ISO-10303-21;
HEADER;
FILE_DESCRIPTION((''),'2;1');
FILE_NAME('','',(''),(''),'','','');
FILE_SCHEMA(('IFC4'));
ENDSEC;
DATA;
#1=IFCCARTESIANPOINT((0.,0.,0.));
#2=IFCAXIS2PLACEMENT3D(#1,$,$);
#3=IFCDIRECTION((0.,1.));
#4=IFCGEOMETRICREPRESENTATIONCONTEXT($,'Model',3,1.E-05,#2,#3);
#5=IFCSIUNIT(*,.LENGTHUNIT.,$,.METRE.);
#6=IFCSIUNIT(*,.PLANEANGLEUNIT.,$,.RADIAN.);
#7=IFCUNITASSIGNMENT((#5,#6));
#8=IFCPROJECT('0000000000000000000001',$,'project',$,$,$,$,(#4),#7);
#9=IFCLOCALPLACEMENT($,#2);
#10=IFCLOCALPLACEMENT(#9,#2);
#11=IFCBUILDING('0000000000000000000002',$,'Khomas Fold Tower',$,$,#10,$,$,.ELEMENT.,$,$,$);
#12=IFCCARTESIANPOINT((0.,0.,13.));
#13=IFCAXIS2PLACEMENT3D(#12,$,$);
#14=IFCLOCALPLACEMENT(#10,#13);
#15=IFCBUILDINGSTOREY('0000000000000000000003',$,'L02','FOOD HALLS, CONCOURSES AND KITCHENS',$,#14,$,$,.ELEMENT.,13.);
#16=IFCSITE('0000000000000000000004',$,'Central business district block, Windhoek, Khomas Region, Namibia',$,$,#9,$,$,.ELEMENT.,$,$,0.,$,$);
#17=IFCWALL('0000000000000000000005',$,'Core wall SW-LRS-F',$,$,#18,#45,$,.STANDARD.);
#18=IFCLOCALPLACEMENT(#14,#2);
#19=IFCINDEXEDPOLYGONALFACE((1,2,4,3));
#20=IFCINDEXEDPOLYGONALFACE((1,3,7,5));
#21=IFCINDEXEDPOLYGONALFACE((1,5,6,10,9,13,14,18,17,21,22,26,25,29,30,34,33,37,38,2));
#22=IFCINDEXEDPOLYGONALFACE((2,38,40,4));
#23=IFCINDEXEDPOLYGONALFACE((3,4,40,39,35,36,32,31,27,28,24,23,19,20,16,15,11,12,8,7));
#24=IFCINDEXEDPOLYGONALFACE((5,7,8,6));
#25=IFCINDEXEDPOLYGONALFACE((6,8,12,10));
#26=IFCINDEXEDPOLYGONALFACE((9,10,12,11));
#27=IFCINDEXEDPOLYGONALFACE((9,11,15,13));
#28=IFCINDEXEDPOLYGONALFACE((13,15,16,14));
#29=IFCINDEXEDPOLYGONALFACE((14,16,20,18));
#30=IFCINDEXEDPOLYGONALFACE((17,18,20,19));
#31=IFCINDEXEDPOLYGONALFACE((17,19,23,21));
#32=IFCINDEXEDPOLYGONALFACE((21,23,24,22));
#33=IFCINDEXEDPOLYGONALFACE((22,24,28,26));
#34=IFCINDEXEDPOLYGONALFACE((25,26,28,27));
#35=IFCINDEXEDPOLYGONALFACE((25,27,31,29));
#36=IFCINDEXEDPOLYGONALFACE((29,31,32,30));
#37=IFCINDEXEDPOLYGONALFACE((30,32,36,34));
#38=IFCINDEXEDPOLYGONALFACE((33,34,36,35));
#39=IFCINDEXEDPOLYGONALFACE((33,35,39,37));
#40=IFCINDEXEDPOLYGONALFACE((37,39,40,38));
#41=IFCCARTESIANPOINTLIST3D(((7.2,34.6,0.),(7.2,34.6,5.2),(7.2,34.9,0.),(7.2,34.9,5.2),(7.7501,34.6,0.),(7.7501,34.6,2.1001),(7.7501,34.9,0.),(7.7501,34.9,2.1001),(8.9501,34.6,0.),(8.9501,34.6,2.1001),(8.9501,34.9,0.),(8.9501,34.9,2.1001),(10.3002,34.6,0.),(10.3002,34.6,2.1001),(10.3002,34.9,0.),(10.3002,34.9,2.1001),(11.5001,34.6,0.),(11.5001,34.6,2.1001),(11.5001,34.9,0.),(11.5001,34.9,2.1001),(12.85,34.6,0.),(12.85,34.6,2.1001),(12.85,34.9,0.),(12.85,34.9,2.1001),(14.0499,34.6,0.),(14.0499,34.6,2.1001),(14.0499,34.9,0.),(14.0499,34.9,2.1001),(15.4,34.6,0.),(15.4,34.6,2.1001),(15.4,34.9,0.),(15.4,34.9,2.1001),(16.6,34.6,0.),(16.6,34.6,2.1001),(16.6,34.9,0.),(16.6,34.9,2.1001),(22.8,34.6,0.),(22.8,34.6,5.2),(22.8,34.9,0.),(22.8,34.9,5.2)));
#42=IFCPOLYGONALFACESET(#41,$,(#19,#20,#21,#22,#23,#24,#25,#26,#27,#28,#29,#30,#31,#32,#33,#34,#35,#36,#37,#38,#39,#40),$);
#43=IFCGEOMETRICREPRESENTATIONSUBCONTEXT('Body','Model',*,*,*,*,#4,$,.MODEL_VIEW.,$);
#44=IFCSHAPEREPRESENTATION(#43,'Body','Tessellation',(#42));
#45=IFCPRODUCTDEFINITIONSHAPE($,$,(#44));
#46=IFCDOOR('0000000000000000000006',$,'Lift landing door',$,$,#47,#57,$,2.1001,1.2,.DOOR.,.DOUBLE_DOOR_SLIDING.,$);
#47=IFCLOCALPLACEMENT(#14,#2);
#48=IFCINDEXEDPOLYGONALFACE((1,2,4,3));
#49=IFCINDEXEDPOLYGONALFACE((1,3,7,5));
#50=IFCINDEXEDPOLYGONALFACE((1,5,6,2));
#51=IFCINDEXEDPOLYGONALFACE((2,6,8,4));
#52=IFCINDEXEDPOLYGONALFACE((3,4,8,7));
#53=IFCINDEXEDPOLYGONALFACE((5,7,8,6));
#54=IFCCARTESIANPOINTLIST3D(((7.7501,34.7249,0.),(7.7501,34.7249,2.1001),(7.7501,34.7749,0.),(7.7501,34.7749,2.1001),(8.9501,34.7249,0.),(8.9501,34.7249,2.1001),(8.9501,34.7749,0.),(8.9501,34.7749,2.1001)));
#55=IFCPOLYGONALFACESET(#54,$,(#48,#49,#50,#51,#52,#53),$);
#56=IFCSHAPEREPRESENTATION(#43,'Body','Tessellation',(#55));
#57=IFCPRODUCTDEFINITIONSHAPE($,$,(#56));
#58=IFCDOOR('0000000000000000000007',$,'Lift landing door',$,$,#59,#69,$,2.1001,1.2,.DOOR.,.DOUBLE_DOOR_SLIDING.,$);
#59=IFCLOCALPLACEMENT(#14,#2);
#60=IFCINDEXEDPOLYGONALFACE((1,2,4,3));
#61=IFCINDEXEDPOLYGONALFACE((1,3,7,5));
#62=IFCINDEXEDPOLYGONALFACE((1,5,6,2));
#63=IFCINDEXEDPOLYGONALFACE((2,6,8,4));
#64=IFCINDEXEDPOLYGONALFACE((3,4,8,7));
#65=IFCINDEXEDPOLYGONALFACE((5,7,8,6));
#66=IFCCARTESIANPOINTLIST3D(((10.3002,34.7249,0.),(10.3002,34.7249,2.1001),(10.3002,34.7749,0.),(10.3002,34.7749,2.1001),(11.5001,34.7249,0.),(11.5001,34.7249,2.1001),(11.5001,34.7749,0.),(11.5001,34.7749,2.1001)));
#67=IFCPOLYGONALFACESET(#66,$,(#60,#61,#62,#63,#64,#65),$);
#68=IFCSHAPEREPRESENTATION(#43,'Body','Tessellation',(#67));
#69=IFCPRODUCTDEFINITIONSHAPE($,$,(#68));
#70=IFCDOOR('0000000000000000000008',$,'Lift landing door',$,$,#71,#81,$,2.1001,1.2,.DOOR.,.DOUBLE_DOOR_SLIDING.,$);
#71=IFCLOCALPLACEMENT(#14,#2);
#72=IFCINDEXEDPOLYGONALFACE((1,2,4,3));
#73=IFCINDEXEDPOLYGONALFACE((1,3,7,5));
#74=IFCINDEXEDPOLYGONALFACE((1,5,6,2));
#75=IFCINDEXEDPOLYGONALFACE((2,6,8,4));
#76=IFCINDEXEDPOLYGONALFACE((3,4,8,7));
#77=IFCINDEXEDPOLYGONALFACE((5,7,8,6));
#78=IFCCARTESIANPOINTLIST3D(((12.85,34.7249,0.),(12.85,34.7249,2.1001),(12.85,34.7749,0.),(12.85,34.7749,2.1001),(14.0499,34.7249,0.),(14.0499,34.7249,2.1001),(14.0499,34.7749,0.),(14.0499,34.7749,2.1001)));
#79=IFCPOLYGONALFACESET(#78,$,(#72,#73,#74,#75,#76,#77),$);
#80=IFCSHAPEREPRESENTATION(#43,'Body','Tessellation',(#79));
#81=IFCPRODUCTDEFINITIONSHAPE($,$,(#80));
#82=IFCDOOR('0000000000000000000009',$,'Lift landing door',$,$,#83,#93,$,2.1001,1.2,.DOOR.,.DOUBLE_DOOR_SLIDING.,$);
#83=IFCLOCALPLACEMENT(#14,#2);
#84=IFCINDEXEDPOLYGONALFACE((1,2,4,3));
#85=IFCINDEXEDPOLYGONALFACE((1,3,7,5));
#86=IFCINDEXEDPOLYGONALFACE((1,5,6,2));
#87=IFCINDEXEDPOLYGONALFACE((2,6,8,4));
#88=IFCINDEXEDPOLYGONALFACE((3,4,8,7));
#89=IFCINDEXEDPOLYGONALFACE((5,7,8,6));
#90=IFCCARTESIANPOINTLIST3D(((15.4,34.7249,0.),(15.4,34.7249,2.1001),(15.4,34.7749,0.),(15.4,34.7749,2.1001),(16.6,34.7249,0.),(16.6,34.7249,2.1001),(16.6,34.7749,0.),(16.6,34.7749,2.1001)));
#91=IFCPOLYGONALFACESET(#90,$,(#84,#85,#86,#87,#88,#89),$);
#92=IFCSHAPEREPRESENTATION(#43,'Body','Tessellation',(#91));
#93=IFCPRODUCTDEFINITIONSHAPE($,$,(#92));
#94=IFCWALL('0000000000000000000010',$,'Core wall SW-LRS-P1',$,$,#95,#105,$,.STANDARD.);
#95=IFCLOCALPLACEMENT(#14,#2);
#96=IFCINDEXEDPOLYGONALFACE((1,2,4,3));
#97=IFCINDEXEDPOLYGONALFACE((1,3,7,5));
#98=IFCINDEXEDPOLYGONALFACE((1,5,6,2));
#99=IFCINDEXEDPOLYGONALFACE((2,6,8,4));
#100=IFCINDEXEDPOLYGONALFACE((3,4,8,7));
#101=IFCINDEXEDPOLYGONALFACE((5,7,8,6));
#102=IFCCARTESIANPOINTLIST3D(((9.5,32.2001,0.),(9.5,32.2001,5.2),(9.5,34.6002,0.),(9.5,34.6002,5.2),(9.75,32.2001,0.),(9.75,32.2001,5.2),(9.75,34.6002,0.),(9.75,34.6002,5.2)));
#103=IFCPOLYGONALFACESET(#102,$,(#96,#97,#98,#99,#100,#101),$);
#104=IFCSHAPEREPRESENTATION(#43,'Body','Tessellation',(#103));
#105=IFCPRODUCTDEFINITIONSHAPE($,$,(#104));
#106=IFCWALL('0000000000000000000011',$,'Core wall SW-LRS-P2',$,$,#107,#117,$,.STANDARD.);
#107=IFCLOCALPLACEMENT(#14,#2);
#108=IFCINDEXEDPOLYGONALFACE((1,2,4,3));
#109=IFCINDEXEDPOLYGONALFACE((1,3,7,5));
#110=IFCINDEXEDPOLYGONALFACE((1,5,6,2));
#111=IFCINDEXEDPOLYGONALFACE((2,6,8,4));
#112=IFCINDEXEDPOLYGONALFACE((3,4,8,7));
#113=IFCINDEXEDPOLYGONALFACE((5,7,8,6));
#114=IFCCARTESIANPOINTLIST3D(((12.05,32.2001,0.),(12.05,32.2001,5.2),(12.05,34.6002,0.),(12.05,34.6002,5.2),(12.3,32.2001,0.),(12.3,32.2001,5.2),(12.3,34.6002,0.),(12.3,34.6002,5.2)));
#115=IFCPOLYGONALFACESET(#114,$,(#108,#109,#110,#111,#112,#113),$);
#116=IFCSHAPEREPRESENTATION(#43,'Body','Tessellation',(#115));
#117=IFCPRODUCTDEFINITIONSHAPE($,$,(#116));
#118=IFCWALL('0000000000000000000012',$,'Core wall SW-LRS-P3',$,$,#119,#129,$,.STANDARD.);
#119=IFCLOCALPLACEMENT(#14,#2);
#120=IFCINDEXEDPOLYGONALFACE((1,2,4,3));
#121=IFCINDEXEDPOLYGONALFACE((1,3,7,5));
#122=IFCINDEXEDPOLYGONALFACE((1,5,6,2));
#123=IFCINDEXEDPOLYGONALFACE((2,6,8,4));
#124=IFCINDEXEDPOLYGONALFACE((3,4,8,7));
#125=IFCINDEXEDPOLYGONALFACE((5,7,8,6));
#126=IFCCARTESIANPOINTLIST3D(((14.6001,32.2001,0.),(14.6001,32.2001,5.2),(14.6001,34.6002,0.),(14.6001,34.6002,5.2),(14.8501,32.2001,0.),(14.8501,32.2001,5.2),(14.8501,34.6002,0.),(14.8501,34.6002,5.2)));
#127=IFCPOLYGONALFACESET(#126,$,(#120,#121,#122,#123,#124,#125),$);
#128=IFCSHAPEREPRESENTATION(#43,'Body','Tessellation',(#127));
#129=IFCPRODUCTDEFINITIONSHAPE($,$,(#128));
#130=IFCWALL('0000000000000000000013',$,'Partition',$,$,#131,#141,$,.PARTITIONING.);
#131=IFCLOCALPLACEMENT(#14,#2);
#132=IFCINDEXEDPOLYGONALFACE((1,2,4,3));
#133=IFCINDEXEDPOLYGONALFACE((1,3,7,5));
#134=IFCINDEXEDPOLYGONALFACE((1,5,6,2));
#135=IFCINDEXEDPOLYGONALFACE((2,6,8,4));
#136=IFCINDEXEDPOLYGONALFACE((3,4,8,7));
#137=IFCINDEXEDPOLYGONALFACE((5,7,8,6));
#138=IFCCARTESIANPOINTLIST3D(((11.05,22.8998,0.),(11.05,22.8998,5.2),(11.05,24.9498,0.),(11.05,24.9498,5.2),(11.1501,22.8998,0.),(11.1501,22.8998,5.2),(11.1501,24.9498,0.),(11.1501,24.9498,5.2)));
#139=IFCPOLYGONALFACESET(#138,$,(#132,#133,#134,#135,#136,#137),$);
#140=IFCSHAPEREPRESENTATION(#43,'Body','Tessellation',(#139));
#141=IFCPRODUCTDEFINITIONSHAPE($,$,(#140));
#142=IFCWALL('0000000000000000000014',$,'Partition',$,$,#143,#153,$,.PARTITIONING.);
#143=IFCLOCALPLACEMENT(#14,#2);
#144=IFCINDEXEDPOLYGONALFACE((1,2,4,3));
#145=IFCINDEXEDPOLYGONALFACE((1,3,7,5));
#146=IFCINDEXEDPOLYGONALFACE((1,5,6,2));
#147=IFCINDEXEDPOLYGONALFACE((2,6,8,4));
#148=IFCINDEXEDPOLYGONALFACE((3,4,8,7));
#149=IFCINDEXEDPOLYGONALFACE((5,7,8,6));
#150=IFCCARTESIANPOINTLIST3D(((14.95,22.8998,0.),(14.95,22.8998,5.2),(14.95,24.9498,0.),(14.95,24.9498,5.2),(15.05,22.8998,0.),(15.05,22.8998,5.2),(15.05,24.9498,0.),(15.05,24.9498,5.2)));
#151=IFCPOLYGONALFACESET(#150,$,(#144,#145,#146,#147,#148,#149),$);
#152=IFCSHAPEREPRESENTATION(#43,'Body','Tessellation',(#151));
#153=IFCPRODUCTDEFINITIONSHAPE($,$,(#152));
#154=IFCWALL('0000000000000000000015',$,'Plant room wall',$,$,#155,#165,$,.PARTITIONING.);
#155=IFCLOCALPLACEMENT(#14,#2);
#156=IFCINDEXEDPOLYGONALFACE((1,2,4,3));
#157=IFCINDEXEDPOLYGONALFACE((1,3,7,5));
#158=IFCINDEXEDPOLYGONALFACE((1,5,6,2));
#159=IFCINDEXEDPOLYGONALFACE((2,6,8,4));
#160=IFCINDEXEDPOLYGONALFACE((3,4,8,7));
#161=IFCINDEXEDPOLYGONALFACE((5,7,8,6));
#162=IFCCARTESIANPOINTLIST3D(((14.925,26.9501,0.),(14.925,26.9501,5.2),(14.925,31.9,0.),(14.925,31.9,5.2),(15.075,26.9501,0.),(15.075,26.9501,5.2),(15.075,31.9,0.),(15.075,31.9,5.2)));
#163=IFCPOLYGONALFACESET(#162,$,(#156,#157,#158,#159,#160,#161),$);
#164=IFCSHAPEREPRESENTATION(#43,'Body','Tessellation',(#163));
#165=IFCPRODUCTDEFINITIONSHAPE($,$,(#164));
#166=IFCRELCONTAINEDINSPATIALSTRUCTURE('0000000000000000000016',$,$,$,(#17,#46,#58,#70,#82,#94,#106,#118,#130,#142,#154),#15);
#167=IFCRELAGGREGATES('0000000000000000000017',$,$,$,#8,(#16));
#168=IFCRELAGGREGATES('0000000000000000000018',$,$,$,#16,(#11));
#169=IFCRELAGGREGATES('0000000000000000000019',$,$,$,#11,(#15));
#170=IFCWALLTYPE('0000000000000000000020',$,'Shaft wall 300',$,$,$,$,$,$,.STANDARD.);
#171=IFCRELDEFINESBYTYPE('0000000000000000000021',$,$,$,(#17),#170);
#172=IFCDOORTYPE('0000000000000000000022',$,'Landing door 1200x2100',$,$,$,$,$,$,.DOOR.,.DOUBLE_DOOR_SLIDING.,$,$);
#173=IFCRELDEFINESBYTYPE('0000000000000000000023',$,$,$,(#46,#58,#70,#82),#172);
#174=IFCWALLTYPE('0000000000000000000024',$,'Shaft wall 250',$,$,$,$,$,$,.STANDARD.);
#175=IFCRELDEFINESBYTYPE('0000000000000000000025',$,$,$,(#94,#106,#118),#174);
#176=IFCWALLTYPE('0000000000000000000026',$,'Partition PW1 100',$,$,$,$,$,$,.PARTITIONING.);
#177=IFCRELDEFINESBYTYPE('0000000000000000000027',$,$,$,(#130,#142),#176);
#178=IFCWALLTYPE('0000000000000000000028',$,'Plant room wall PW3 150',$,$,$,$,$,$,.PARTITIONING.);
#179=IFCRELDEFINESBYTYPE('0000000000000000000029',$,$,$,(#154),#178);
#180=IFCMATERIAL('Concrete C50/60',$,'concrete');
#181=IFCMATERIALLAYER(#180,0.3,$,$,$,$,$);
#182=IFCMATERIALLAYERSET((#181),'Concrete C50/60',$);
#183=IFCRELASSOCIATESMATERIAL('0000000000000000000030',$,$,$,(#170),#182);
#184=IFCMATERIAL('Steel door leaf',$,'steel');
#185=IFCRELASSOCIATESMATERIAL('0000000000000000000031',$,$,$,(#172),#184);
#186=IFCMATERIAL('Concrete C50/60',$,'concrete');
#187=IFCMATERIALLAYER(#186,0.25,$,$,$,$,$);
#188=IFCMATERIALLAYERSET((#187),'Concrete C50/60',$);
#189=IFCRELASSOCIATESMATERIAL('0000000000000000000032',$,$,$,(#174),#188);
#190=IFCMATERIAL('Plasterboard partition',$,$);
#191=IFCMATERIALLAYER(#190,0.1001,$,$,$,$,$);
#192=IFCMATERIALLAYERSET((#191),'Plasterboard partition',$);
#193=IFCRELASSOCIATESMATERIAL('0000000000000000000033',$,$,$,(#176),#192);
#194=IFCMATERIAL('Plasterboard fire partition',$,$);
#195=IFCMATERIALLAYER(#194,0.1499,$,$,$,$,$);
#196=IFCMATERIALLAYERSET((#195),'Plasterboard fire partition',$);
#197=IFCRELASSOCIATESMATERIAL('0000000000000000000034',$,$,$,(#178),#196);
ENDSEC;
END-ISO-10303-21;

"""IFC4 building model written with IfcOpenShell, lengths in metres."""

from ifc_helpers import new_model, si_unit, direction, frame, frame_2d, origin, place, context, subcontext, project, spatial, rectangle, extrude, source, transform, mapped, material, layer, layer_set, type_object, element, fill, save


model = new_model("IFC4")

# Units and contexts
model_context = context("Model", 3, precision=1e-05, world=origin(), true_north=direction((0.0, 1.0)))
body_context = subcontext(model_context, "Body", "Model", "MODEL_VIEW")
ifc_project = project(units=[si_unit("LENGTHUNIT", "METRE"), si_unit("PLANEANGLEUNIT", "RADIAN")], contexts=[model_context])

# Site, building, storey
site_placement = place(None, origin())
site = spatial("IfcSite", under=ifc_project, at=site_placement, Name="Central business district block, Windhoek, Khomas Region, Namibia", CompositionType="ELEMENT", RefElevation=0.0)
building_placement = place(site_placement, origin())
building = spatial("IfcBuilding", under=site, at=building_placement, Name="Khomas Fold Tower", CompositionType="ELEMENT")
storey_placement = place(building_placement, frame((0.0, 0.0, 13.0)))
storey = spatial("IfcBuildingStorey", under=building, at=storey_placement, Name="L02", Description="FOOD HALLS, CONCOURSES AND KITCHENS", CompositionType="ELEMENT", Elevation=13.0)

# Shared definitions
ifc_material_1 = material(Name="Concrete C50/60", Category="concrete")
ifc_layer_1 = layer(ifc_material_1, 0.3)
ifc_layer_set_1 = layer_set([ifc_layer_1], Name="Concrete C50/60")
wall_type_1 = type_object("IfcWallType", Name="Shaft wall 300", PredefinedType="STANDARD", material=ifc_layer_set_1)
shared_shape_1 = source(origin(), body_context, "Body", "SweptSolid", [
    extrude(rectangle(XDim=15.6001, YDim=0.3, at=frame_2d((7.8, 0.0))), origin(), (0.0, 0.0, 1.0), 5.2),
])

# Wall, openings, doors
shared_shape_2 = source(origin(), body_context, "Body", "SweptSolid", [
    extrude(rectangle(XDim=1.2, YDim=2.1001, at=frame_2d((0.6001, 1.05))), frame((0.0, 0.1599, 0.0), z_axis=(0.0, -1.0, 0.0), x_axis=(1.0, 0.0, 0.0)), (0.0, 0.0, 1.0), 0.3201),
])
ifc_material_2 = material(Name="Steel door leaf", Category="steel")
door_type = type_object("IfcDoorType", Name="Landing door 1200x2100", OperationType="DOUBLE_DOOR_SLIDING", PredefinedType="DOOR", material=ifc_material_2)
shared_shape_3 = source(origin(), body_context, "Body", "SweptSolid", [
    extrude(rectangle(XDim=1.2, YDim=2.1001, at=frame_2d((0.6001, 1.05))), frame((0.0, 0.0249, 0.0), z_axis=(0.0, -1.0, 0.0), x_axis=(1.0, 0.0, 0.0)), (0.0, 0.0, 1.0), 0.05),
])
wall_1_placement = place(storey_placement, frame((7.2, 34.75, 0.0), z_axis=(0.0, 0.0, 1.0), x_axis=(1.0, 0.0, 0.0)))
wall_1 = element("IfcWall", 1, at=wall_1_placement, inside=storey, type_object=wall_type_1, Name="Core wall SW-LRS-F", PredefinedType="STANDARD", context=body_context, shape_type="MappedRepresentation", body=[
    mapped(shared_shape_1, transform((0.0, 0.0, 0.0))),
])
opening_1_placement = place(wall_1_placement, frame((0.55, 0.0, 0.0)))
opening_1 = element("IfcOpeningElement", 2, at=opening_1_placement, cuts=wall_1, PredefinedType="OPENING", context=body_context, shape_type="MappedRepresentation", body=[
    mapped(shared_shape_2, transform((0.0, 0.0, 0.0))),
])
opening_2_placement = place(wall_1_placement, frame((3.1001, 0.0, 0.0)))
opening_2 = element("IfcOpeningElement", 3, at=opening_2_placement, cuts=wall_1, PredefinedType="OPENING", context=body_context, shape_type="MappedRepresentation", body=[
    mapped(shared_shape_2, transform((0.0, 0.0, 0.0))),
])
opening_3_placement = place(wall_1_placement, frame((5.6499, 0.0, 0.0)))
opening_3 = element("IfcOpeningElement", 4, at=opening_3_placement, cuts=wall_1, PredefinedType="OPENING", context=body_context, shape_type="MappedRepresentation", body=[
    mapped(shared_shape_2, transform((0.0, 0.0, 0.0))),
])
opening_4_placement = place(wall_1_placement, frame((8.2, 0.0, 0.0)))
opening_4 = element("IfcOpeningElement", 5, at=opening_4_placement, cuts=wall_1, PredefinedType="OPENING", context=body_context, shape_type="MappedRepresentation", body=[
    mapped(shared_shape_2, transform((0.0, 0.0, 0.0))),
])
door_1_placement = place(opening_1_placement, origin())
door_1 = element("IfcDoor", 6, at=door_1_placement, inside=storey, type_object=door_type, Name="Lift landing door", OperationType="DOUBLE_DOOR_SLIDING", OverallHeight=2.1001, OverallWidth=1.2, PredefinedType="DOOR", context=body_context, shape_type="MappedRepresentation", body=[
    mapped(shared_shape_3, transform((0.0, 0.0, 0.0))),
])
fill(opening_1, door_1)
door_2_placement = place(opening_2_placement, origin())
door_2 = element("IfcDoor", 7, at=door_2_placement, inside=storey, type_object=door_type, Name="Lift landing door", OperationType="DOUBLE_DOOR_SLIDING", OverallHeight=2.1001, OverallWidth=1.2, PredefinedType="DOOR", context=body_context, shape_type="MappedRepresentation", body=[
    mapped(shared_shape_3, transform((0.0, 0.0, 0.0))),
])
fill(opening_2, door_2)
door_3_placement = place(opening_3_placement, origin())
door_3 = element("IfcDoor", 8, at=door_3_placement, inside=storey, type_object=door_type, Name="Lift landing door", OperationType="DOUBLE_DOOR_SLIDING", OverallHeight=2.1001, OverallWidth=1.2, PredefinedType="DOOR", context=body_context, shape_type="MappedRepresentation", body=[
    mapped(shared_shape_3, transform((0.0, 0.0, 0.0))),
])
fill(opening_3, door_3)
door_4_placement = place(opening_4_placement, origin())
door_4 = element("IfcDoor", 9, at=door_4_placement, inside=storey, type_object=door_type, Name="Lift landing door", OperationType="DOUBLE_DOOR_SLIDING", OverallHeight=2.1001, OverallWidth=1.2, PredefinedType="DOOR", context=body_context, shape_type="MappedRepresentation", body=[
    mapped(shared_shape_3, transform((0.0, 0.0, 0.0))),
])
fill(opening_4, door_4)

# Walls
ifc_material_3 = material(Name="Concrete C50/60", Category="concrete")
ifc_layer_2 = layer(ifc_material_3, 0.25)
ifc_layer_set_2 = layer_set([ifc_layer_2], Name="Concrete C50/60")
wall_type_2 = type_object("IfcWallType", Name="Shaft wall 250", PredefinedType="STANDARD", material=ifc_layer_set_2)
shared_shape_4 = source(origin(), body_context, "Body", "SweptSolid", [
    extrude(rectangle(XDim=2.4001, YDim=0.25, at=frame_2d((1.2002, 0.0))), origin(), (0.0, 0.0, 1.0), 5.2),
])
for number, where, z_axis, x_axis, name in (
    (10, (9.625, 32.2, 0.0), (0.0, 0.0, 1.0), (0.0, 1.0, 0.0), "Core wall SW-LRS-P1"),
    (11, (12.175, 32.2, 0.0), (0.0, 0.0, 1.0), (0.0, 1.0, 0.0), "Core wall SW-LRS-P2"),
    (12, (14.7251, 32.2, 0.0), (0.0, 0.0, 1.0), (0.0, 1.0, 0.0), "Core wall SW-LRS-P3"),
):
    element("IfcWall", number, at=place(storey_placement, frame(where, z_axis=z_axis, x_axis=x_axis)), inside=storey, type_object=wall_type_2, Name=name, PredefinedType="STANDARD", context=body_context, shape_type="MappedRepresentation", body=[
        mapped(shared_shape_4, transform((0.0, 0.0, 0.0))),
    ])
ifc_material_4 = material(Name="Plasterboard partition")
ifc_layer_3 = layer(ifc_material_4, 0.1001)
ifc_layer_set_3 = layer_set([ifc_layer_3], Name="Plasterboard partition")
wall_type_3 = type_object("IfcWallType", Name="Partition PW1 100", PredefinedType="PARTITIONING", material=ifc_layer_set_3)
shared_shape_5 = source(origin(), body_context, "Body", "SweptSolid", [
    extrude(rectangle(XDim=2.05, YDim=0.1001, at=frame_2d((1.0249, 0.0))), origin(), (0.0, 0.0, 1.0), 5.2),
])
for number, where, z_axis, x_axis, name in (
    (13, (11.1001, 22.8999, 0.0), (0.0, 0.0, 1.0), (0.0, 1.0, 0.0), "Partition"),
    (14, (15.0, 22.8999, 0.0), (0.0, 0.0, 1.0), (0.0, 1.0, 0.0), "Partition"),
):
    element("IfcWall", number, at=place(storey_placement, frame(where, z_axis=z_axis, x_axis=x_axis)), inside=storey, type_object=wall_type_3, Name=name, PredefinedType="PARTITIONING", context=body_context, shape_type="MappedRepresentation", body=[
        mapped(shared_shape_5, transform((0.0, 0.0, 0.0))),
    ])
ifc_material_5 = material(Name="Plasterboard fire partition")
ifc_layer_4 = layer(ifc_material_5, 0.1499)
ifc_layer_set_4 = layer_set([ifc_layer_4], Name="Plasterboard fire partition")
wall_type_4 = type_object("IfcWallType", Name="Plant room wall PW3 150", PredefinedType="PARTITIONING", material=ifc_layer_set_4)
shared_shape_6 = source(origin(), body_context, "Body", "SweptSolid", [
    extrude(rectangle(XDim=4.95, YDim=0.1499, at=frame_2d((2.4751, 0.0))), origin(), (0.0, 0.0, 1.0), 5.2),
])
wall_2_placement = place(storey_placement, frame((15.0, 26.95, 0.0), z_axis=(0.0, 0.0, 1.0), x_axis=(0.0, 1.0, 0.0)))
element("IfcWall", 15, at=wall_2_placement, inside=storey, type_object=wall_type_4, Name="Plant room wall", PredefinedType="PARTITIONING", context=body_context, shape_type="MappedRepresentation", body=[
    mapped(shared_shape_6, transform((0.0, 0.0, 0.0))),
])

save(model, "model.ifc")
